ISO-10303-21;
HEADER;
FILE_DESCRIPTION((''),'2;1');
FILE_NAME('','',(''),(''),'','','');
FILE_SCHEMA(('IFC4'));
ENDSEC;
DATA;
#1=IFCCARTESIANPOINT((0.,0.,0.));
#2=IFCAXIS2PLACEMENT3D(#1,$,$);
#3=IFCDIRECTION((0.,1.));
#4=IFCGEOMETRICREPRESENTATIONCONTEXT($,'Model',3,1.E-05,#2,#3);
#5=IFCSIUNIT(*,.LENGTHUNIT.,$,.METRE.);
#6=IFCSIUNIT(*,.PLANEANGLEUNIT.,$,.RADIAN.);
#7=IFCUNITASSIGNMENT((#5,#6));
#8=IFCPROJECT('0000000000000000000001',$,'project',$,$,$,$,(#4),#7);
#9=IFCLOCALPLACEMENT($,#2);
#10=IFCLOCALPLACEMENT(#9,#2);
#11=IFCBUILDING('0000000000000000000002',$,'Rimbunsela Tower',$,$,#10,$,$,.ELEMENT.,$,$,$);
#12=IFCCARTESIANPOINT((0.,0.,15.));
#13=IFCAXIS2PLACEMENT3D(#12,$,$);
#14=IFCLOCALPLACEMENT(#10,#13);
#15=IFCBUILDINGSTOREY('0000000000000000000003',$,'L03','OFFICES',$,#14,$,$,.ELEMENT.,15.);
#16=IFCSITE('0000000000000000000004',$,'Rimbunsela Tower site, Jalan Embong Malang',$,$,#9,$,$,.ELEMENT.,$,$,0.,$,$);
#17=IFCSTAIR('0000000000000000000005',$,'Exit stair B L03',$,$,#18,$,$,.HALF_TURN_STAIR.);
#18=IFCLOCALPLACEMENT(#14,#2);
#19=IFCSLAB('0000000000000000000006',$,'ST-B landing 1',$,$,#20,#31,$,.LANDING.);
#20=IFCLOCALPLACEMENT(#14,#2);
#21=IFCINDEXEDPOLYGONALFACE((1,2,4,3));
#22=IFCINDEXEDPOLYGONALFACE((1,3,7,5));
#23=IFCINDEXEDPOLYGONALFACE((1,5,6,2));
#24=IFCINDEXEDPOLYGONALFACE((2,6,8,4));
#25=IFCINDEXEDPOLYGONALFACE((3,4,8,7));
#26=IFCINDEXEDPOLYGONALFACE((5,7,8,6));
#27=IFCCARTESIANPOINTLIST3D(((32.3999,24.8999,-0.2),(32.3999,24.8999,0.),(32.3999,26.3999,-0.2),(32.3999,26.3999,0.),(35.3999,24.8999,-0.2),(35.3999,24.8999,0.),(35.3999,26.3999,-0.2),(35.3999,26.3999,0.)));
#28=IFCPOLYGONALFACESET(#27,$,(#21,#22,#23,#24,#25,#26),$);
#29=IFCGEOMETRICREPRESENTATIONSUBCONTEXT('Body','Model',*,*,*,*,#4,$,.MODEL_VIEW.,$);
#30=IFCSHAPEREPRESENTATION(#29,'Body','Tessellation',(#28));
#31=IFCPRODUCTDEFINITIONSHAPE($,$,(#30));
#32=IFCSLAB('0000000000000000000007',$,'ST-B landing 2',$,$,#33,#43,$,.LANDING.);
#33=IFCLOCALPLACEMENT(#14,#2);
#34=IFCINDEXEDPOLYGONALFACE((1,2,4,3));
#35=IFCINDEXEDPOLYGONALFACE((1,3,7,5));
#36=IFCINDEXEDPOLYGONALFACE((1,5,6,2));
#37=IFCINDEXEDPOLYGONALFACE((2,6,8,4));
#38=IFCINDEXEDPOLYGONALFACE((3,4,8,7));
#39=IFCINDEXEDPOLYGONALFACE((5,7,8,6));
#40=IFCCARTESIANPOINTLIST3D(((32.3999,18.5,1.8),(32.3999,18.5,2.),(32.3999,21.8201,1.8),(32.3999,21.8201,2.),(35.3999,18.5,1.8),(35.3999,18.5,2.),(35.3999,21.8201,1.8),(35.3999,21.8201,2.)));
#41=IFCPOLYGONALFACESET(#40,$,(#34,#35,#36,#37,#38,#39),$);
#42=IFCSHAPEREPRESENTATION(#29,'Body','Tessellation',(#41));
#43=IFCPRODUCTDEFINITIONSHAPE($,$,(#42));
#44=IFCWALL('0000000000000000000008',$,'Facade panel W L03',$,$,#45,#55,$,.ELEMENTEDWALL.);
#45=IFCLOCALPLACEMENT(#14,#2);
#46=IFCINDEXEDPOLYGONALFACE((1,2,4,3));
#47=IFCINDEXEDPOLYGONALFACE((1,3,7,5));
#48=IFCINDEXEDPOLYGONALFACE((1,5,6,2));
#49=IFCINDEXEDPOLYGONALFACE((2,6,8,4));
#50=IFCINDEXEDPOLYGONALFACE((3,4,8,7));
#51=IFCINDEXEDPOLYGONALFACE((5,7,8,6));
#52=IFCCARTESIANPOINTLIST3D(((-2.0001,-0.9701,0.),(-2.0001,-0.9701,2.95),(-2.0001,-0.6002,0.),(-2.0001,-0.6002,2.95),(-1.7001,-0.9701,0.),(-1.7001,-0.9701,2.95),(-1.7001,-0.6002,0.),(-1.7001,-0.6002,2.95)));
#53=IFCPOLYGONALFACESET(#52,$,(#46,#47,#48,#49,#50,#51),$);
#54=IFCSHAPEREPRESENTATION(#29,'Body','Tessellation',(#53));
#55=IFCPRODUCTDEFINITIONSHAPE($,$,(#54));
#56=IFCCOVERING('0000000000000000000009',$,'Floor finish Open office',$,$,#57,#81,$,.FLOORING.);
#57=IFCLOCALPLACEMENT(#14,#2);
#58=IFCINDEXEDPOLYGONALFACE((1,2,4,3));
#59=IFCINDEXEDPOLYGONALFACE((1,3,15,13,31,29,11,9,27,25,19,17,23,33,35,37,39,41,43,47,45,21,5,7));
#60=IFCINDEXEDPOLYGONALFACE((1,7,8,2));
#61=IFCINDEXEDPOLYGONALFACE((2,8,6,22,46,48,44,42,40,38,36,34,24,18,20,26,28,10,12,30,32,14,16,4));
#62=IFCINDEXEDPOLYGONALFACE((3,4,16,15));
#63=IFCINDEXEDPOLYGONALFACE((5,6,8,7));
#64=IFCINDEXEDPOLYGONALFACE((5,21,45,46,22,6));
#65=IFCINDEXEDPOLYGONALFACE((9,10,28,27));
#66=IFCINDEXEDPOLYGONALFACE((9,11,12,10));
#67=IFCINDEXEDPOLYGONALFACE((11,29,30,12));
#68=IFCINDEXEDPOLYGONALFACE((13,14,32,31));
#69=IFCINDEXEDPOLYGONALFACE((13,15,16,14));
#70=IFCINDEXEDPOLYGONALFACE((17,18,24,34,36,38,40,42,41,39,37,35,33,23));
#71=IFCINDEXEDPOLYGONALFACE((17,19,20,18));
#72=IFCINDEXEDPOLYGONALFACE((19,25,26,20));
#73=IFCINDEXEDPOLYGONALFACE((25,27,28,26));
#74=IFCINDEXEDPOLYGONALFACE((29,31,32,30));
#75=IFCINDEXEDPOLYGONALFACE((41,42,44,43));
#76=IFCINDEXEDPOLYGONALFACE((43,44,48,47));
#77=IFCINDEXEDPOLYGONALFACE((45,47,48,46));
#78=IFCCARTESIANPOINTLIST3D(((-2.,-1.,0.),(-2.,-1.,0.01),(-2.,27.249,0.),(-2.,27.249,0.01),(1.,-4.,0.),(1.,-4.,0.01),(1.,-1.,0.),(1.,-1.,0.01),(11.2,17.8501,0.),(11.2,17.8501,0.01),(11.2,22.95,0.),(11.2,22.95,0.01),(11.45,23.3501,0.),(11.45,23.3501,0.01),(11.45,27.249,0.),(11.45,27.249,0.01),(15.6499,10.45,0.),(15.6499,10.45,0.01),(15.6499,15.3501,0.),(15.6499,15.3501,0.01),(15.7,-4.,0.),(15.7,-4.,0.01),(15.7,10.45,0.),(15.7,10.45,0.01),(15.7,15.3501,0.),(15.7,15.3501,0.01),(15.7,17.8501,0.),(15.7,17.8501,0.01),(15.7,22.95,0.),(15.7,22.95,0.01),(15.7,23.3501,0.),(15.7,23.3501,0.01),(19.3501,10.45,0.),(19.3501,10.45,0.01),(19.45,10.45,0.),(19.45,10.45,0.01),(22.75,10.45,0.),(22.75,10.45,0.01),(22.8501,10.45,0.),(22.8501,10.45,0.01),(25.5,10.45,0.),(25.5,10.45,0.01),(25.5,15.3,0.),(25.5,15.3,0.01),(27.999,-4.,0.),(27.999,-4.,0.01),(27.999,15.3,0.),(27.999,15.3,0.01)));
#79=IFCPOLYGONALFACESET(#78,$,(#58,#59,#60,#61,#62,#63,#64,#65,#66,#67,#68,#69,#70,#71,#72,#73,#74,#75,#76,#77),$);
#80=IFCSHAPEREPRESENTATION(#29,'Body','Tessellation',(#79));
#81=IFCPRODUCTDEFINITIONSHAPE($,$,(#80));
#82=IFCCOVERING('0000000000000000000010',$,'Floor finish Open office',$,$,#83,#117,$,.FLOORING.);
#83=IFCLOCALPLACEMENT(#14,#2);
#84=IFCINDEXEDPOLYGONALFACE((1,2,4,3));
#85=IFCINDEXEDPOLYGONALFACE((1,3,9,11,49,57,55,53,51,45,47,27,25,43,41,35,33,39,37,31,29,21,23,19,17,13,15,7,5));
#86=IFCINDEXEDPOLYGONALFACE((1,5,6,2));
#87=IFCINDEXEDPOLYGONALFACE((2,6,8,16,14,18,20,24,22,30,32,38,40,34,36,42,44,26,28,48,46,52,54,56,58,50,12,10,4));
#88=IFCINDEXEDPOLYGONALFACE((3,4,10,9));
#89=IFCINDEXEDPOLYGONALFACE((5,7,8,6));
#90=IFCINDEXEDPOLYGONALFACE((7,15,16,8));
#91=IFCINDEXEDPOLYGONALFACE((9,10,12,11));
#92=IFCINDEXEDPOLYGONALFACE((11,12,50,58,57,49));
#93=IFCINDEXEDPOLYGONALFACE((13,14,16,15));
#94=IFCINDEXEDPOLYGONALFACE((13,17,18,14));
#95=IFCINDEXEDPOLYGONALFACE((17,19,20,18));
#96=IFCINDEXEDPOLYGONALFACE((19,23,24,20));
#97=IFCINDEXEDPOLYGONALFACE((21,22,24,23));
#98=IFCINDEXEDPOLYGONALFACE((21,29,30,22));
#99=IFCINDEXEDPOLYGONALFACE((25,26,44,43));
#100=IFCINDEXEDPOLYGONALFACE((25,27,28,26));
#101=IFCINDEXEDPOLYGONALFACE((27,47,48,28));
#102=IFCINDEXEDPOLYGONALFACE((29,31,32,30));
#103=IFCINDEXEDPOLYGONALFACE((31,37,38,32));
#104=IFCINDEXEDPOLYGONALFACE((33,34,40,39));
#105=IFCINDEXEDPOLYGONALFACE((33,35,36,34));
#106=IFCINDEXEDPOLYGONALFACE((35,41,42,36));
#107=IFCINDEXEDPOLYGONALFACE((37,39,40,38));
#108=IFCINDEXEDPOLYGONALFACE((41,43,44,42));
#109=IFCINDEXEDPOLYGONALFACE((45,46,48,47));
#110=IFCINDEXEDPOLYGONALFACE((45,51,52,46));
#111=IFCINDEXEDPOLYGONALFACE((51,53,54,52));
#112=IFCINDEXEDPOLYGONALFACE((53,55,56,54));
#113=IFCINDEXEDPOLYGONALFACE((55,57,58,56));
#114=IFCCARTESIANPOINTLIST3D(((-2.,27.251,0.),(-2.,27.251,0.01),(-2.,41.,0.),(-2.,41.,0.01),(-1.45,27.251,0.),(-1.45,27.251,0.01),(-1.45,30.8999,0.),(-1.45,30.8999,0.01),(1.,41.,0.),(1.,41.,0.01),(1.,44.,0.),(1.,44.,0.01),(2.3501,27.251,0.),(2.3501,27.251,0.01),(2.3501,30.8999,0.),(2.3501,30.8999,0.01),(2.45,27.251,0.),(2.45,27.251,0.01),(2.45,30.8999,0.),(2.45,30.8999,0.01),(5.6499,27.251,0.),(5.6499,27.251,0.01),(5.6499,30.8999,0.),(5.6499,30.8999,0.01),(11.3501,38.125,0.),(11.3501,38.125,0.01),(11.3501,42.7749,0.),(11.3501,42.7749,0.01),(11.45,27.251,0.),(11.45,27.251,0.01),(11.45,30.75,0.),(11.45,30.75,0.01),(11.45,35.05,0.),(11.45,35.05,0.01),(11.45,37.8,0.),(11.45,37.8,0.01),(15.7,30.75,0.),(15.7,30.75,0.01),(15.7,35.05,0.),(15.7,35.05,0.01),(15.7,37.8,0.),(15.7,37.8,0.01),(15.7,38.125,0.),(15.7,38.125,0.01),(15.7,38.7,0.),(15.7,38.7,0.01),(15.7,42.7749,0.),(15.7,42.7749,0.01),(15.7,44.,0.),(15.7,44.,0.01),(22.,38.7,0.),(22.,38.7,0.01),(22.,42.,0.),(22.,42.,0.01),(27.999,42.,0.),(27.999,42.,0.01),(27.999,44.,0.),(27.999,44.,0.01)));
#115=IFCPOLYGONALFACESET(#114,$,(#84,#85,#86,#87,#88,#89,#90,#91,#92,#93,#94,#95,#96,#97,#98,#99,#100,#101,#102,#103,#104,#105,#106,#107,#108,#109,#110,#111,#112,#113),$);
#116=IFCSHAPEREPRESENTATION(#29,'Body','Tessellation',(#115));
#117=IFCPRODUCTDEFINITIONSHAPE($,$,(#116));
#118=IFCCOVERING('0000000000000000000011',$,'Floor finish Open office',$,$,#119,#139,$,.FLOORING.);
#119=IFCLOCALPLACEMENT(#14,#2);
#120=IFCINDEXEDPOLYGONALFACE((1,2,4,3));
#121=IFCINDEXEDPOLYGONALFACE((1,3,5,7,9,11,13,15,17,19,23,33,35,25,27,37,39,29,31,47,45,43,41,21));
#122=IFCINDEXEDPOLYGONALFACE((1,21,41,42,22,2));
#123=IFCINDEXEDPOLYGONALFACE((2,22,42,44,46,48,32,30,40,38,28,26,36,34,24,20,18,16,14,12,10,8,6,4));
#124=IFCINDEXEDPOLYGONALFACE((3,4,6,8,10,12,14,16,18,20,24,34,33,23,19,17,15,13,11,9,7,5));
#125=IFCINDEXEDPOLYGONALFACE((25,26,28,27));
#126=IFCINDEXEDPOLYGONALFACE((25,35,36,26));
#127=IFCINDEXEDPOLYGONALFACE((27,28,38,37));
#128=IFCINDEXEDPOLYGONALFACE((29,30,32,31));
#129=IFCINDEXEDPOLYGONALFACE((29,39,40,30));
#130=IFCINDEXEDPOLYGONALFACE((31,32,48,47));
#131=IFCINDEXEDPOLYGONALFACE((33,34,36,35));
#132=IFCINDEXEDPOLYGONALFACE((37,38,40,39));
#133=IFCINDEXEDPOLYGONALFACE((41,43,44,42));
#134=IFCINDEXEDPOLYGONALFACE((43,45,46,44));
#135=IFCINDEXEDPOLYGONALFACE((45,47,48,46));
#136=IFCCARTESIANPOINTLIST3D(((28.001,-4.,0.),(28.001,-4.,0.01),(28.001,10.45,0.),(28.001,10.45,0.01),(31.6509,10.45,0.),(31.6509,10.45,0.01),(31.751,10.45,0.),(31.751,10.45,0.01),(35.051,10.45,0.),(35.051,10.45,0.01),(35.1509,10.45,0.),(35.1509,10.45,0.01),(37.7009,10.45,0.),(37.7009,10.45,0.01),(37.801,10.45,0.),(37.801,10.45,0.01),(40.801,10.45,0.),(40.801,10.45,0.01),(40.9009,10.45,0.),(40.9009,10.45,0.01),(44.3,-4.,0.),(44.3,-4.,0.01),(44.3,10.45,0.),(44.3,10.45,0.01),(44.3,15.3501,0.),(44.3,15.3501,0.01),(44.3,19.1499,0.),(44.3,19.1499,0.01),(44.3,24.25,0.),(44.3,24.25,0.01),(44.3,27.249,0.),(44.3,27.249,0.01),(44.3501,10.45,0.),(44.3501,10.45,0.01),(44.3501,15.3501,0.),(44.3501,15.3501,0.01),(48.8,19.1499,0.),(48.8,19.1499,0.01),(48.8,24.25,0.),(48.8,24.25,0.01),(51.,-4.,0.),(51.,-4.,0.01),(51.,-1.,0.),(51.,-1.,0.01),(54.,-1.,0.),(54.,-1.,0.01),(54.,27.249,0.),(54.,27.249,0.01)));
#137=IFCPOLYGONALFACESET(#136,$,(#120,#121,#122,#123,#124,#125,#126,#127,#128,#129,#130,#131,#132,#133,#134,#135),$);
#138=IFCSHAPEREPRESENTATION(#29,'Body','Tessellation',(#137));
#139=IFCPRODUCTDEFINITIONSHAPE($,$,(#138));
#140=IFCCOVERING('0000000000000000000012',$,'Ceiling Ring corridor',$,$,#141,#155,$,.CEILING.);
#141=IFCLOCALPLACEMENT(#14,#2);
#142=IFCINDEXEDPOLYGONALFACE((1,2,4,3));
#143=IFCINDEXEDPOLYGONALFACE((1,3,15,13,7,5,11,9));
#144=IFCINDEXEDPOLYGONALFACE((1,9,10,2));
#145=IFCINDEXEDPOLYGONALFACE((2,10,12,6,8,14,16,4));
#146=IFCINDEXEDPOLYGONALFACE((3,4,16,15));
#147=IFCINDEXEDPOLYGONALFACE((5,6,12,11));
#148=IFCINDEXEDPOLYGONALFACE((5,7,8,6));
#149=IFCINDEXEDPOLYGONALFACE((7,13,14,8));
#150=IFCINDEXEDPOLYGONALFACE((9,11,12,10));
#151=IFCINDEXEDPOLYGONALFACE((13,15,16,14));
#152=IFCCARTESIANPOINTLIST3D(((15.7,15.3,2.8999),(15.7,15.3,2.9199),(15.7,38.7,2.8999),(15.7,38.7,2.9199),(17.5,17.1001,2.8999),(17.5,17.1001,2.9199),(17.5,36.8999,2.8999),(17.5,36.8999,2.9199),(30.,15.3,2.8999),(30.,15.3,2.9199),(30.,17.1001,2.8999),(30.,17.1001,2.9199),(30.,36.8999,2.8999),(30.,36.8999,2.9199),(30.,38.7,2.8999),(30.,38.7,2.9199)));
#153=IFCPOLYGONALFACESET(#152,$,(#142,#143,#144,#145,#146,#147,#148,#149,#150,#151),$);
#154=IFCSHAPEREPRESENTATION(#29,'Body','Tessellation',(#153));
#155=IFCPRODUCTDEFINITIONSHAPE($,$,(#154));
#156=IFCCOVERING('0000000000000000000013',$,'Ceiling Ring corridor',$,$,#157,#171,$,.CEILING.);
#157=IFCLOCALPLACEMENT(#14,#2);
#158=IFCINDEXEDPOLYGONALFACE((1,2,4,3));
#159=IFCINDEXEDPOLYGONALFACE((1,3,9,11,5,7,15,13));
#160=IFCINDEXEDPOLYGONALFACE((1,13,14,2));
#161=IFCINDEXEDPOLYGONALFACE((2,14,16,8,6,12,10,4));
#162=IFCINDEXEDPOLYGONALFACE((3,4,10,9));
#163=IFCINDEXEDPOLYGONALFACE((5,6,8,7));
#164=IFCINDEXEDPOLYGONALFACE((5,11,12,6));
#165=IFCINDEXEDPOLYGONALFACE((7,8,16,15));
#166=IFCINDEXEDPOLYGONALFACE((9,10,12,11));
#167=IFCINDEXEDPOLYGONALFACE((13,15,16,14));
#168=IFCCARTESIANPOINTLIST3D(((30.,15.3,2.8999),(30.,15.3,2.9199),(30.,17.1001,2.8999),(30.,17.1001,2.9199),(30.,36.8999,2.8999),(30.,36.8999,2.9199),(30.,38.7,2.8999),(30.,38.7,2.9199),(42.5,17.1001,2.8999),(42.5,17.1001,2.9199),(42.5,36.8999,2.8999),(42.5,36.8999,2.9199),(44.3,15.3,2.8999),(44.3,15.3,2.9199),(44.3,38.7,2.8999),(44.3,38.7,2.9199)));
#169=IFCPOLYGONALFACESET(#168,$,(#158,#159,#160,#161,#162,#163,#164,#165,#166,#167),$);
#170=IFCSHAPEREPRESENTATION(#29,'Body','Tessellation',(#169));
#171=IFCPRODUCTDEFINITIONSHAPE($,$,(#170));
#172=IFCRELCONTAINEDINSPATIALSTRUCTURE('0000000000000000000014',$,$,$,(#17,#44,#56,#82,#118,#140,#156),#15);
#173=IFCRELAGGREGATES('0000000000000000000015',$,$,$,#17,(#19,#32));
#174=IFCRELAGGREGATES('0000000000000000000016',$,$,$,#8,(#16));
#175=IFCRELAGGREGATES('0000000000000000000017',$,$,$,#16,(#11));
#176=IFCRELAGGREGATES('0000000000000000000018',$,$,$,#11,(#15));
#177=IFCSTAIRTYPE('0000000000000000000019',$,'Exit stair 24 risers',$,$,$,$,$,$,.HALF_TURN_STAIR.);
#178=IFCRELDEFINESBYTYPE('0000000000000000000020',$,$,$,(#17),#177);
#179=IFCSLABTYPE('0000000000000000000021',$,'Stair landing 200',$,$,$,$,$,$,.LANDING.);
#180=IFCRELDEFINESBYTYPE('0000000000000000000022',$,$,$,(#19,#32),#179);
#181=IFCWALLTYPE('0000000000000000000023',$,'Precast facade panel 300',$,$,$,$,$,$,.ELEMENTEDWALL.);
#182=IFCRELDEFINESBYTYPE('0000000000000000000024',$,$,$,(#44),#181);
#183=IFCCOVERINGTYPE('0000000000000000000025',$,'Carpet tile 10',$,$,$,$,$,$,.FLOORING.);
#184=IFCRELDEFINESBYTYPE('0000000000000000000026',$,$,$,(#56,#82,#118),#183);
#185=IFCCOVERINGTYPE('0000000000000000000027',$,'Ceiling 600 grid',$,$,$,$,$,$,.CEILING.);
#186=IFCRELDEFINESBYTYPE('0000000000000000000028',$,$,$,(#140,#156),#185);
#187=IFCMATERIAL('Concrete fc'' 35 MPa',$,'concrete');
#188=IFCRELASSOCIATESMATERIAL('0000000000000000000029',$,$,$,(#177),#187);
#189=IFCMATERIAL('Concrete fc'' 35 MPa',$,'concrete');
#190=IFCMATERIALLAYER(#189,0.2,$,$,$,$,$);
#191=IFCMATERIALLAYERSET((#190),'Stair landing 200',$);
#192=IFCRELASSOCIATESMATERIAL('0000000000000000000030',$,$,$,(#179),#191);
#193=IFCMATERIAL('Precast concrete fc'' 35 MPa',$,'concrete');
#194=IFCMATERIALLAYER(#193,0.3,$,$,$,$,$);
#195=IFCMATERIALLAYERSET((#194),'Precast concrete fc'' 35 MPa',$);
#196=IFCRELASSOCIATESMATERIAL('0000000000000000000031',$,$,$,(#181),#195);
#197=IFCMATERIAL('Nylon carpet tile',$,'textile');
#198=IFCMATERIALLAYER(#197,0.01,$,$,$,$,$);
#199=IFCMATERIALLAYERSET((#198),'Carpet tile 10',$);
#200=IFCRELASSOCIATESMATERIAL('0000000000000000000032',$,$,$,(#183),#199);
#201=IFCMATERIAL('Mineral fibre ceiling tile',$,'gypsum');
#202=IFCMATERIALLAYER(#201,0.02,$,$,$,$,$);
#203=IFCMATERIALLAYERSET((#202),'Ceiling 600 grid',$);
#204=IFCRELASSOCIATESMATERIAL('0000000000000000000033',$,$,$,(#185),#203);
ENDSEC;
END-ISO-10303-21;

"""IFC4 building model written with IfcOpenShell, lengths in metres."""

from ifc_helpers import new_model, si_unit, direction, frame, frame_2d, origin, place, context, subcontext, project, spatial, polyline, rectangle, outline, extrude, material, layer, layer_set, type_object, element, aggregate, save


model = new_model("IFC4")

# Units and contexts
model_context = context("Model", 3, precision=1e-05, world=origin(), true_north=direction((0.0, 1.0)))
body_context = subcontext(model_context, "Body", "Model", "MODEL_VIEW")
ifc_project = project(units=[si_unit("LENGTHUNIT", "METRE"), si_unit("PLANEANGLEUNIT", "RADIAN")], contexts=[model_context])

# Site, building, storey
site_placement = place(None, origin())
site = spatial("IfcSite", under=ifc_project, at=site_placement, Name="Rimbunsela Tower site, Jalan Embong Malang", CompositionType="ELEMENT", RefElevation=0.0)
building_placement = place(site_placement, origin())
building = spatial("IfcBuilding", under=site, at=building_placement, Name="Rimbunsela Tower", CompositionType="ELEMENT")
storey_placement = place(building_placement, frame((0.0, 0.0, 15.0)))
storey = spatial("IfcBuildingStorey", under=building, at=storey_placement, Name="L03", Description="OFFICES", CompositionType="ELEMENT", Elevation=15.0)

# Stair, slabs
ifc_material_1 = material(Name="Concrete fc' 35 MPa", Category="concrete")
stair_type = type_object("IfcStairType", Name="Exit stair 24 risers", PredefinedType="HALF_TURN_STAIR", material=ifc_material_1)
ifc_material_2 = material(Name="Concrete fc' 35 MPa", Category="concrete")
ifc_layer_1 = layer(ifc_material_2, 0.2)
ifc_layer_set_1 = layer_set([ifc_layer_1], Name="Stair landing 200")
slab_type_1 = type_object("IfcSlabType", Name="Stair landing 200", PredefinedType="LANDING", material=ifc_layer_set_1)
stair_1_placement = place(storey_placement, origin())
stair_1 = element("IfcStair", 1, at=stair_1_placement, inside=storey, type_object=stair_type, Name="Exit stair B L03", PredefinedType="HALF_TURN_STAIR")
slab_1_placement = place(storey_placement, frame((0.0, 0.0, -0.2)))
slab_1 = element("IfcSlab", 2, at=slab_1_placement, type_object=slab_type_1, Name="ST-B landing 1", PredefinedType="LANDING", context=body_context, shape_type="SweptSolid", body=[
    extrude(outline(polyline([(32.3999, 24.8999), (35.3999, 24.8999), (35.3999, 26.3999), (32.3999, 26.3999), (32.3999, 24.8999)])), origin(), (0.0, 0.0, 1.0), 0.2),
])
slab_2_placement = place(storey_placement, frame((0.0, 0.0, 1.8)))
slab_2 = element("IfcSlab", 3, at=slab_2_placement, type_object=slab_type_1, Name="ST-B landing 2", PredefinedType="LANDING", context=body_context, shape_type="SweptSolid", body=[
    extrude(outline(polyline([(32.3999, 18.5), (35.3999, 18.5), (35.3999, 21.8201), (32.3999, 21.8201), (32.3999, 18.5)])), origin(), (0.0, 0.0, 1.0), 0.2),
])
aggregate(stair_1, [slab_1, slab_2])

# Wall
ifc_material_3 = material(Name="Precast concrete fc' 35 MPa", Category="concrete")
ifc_layer_2 = layer(ifc_material_3, 0.3)
ifc_layer_set_2 = layer_set([ifc_layer_2], Name="Precast concrete fc' 35 MPa")
wall_type = type_object("IfcWallType", Name="Precast facade panel 300", PredefinedType="ELEMENTEDWALL", material=ifc_layer_set_2)
wall_placement = place(storey_placement, frame((-1.8501, -0.6001, 0.0), z_axis=(0.0, 0.0, 1.0), x_axis=(0.0, -1.0, 0.0)))
element("IfcWall", 4, at=wall_placement, inside=storey, type_object=wall_type, Name="Facade panel W L03", PredefinedType="ELEMENTEDWALL", context=body_context, shape_type="SweptSolid", body=[
    extrude(rectangle(XDim=0.3699, YDim=0.3, at=frame_2d((0.1851, 0.0))), origin(), (0.0, 0.0, 1.0), 2.95),
])

# Coverings
ifc_material_4 = material(Name="Nylon carpet tile", Category="textile")
ifc_layer_3 = layer(ifc_material_4, 0.01)
ifc_layer_set_3 = layer_set([ifc_layer_3], Name="Carpet tile 10")
covering_type_1 = type_object("IfcCoveringType", Name="Carpet tile 10", PredefinedType="FLOORING", material=ifc_layer_set_3)
covering_1_placement = place(storey_placement, origin())
element("IfcCovering", 5, at=covering_1_placement, inside=storey, type_object=covering_type_1, Name="Floor finish Open office", PredefinedType="FLOORING", context=body_context, shape_type="SweptSolid", body=[
    extrude(outline(polyline([(19.45, 10.45), (22.75, 10.45), (22.8501, 10.45), (25.5, 10.45), (25.5, 15.3), (27.999, 15.3), (27.999, -4.0), (15.7, -4.0), (1.0, -4.0), (1.0, -1.0), (-2.0, -1.0), (-2.0, 27.249), (11.45, 27.249), (11.45, 23.3501), (15.7, 23.3501), (15.7, 22.95), (11.2, 22.95), (11.2, 17.8501), (15.7, 17.8501), (15.7, 15.3501), (15.6499, 15.3501), (15.6499, 10.45), (15.7, 10.45), (19.3501, 10.45), (19.45, 10.45)])), origin(), (0.0, 0.0, 1.0), 0.01),
])
covering_2_placement = place(storey_placement, origin())
element("IfcCovering", 6, at=covering_2_placement, inside=storey, type_object=covering_type_1, Name="Floor finish Open office", PredefinedType="FLOORING", context=body_context, shape_type="SweptSolid", body=[
    extrude(outline(polyline([(15.7, 42.7749), (11.3501, 42.7749), (11.3501, 38.125), (15.7, 38.125), (15.7, 37.8), (11.45, 37.8), (11.45, 35.05), (15.7, 35.05), (15.7, 30.75), (11.45, 30.75), (11.45, 27.251), (5.6499, 27.251), (5.6499, 30.8999), (2.45, 30.8999), (2.45, 27.251), (2.3501, 27.251), (2.3501, 30.8999), (-1.45, 30.8999), (-1.45, 27.251), (-2.0, 27.251), (-2.0, 41.0), (1.0, 41.0), (1.0, 44.0), (15.7, 44.0), (27.999, 44.0), (27.999, 42.0), (22.0, 42.0), (22.0, 38.7), (15.7, 38.7), (15.7, 42.7749)])), origin(), (0.0, 0.0, 1.0), 0.01),
])
covering_3_placement = place(storey_placement, origin())
element("IfcCovering", 7, at=covering_3_placement, inside=storey, type_object=covering_type_1, Name="Floor finish Open office", PredefinedType="FLOORING", context=body_context, shape_type="SweptSolid", body=[
    extrude(outline(polyline([(28.001, 10.45), (31.6509, 10.45), (31.751, 10.45), (35.051, 10.45), (35.1509, 10.45), (37.7009, 10.45), (37.801, 10.45), (40.801, 10.45), (40.9009, 10.45), (44.3, 10.45), (44.3501, 10.45), (44.3501, 15.3501), (44.3, 15.3501), (44.3, 19.1499), (48.8, 19.1499), (48.8, 24.25), (44.3, 24.25), (44.3, 27.249), (54.0, 27.249), (54.0, -1.0), (51.0, -1.0), (51.0, -4.0), (44.3, -4.0), (28.001, -4.0), (28.001, 10.45)])), origin(), (0.0, 0.0, 1.0), 0.01),
])
ifc_material_5 = material(Name="Mineral fibre ceiling tile", Category="gypsum")
ifc_layer_4 = layer(ifc_material_5, 0.02)
ifc_layer_set_4 = layer_set([ifc_layer_4], Name="Ceiling 600 grid")
covering_type_2 = type_object("IfcCoveringType", Name="Ceiling 600 grid", PredefinedType="CEILING", material=ifc_layer_set_4)
covering_4_placement = place(storey_placement, frame((0.0, 0.0, 2.8999)))
element("IfcCovering", 8, at=covering_4_placement, inside=storey, type_object=covering_type_2, Name="Ceiling Ring corridor", PredefinedType="CEILING", context=body_context, shape_type="SweptSolid", body=[
    extrude(outline(polyline([(15.7, 38.7), (30.0, 38.7), (30.0, 36.8999), (17.5, 36.8999), (17.5, 17.1001), (30.0, 17.1001), (30.0, 15.3), (15.7, 15.3), (15.7, 38.7)])), origin(), (0.0, 0.0, 1.0), 0.02),
])
covering_5_placement = place(storey_placement, frame((0.0, 0.0, 2.8999)))
element("IfcCovering", 9, at=covering_5_placement, inside=storey, type_object=covering_type_2, Name="Ceiling Ring corridor", PredefinedType="CEILING", context=body_context, shape_type="SweptSolid", body=[
    extrude(outline(polyline([(44.3, 38.7), (44.3, 15.3), (30.0, 15.3), (30.0, 17.1001), (42.5, 17.1001), (42.5, 36.8999), (30.0, 36.8999), (30.0, 38.7), (44.3, 38.7)])), origin(), (0.0, 0.0, 1.0), 0.02),
])

save(model, "model.ifc")
